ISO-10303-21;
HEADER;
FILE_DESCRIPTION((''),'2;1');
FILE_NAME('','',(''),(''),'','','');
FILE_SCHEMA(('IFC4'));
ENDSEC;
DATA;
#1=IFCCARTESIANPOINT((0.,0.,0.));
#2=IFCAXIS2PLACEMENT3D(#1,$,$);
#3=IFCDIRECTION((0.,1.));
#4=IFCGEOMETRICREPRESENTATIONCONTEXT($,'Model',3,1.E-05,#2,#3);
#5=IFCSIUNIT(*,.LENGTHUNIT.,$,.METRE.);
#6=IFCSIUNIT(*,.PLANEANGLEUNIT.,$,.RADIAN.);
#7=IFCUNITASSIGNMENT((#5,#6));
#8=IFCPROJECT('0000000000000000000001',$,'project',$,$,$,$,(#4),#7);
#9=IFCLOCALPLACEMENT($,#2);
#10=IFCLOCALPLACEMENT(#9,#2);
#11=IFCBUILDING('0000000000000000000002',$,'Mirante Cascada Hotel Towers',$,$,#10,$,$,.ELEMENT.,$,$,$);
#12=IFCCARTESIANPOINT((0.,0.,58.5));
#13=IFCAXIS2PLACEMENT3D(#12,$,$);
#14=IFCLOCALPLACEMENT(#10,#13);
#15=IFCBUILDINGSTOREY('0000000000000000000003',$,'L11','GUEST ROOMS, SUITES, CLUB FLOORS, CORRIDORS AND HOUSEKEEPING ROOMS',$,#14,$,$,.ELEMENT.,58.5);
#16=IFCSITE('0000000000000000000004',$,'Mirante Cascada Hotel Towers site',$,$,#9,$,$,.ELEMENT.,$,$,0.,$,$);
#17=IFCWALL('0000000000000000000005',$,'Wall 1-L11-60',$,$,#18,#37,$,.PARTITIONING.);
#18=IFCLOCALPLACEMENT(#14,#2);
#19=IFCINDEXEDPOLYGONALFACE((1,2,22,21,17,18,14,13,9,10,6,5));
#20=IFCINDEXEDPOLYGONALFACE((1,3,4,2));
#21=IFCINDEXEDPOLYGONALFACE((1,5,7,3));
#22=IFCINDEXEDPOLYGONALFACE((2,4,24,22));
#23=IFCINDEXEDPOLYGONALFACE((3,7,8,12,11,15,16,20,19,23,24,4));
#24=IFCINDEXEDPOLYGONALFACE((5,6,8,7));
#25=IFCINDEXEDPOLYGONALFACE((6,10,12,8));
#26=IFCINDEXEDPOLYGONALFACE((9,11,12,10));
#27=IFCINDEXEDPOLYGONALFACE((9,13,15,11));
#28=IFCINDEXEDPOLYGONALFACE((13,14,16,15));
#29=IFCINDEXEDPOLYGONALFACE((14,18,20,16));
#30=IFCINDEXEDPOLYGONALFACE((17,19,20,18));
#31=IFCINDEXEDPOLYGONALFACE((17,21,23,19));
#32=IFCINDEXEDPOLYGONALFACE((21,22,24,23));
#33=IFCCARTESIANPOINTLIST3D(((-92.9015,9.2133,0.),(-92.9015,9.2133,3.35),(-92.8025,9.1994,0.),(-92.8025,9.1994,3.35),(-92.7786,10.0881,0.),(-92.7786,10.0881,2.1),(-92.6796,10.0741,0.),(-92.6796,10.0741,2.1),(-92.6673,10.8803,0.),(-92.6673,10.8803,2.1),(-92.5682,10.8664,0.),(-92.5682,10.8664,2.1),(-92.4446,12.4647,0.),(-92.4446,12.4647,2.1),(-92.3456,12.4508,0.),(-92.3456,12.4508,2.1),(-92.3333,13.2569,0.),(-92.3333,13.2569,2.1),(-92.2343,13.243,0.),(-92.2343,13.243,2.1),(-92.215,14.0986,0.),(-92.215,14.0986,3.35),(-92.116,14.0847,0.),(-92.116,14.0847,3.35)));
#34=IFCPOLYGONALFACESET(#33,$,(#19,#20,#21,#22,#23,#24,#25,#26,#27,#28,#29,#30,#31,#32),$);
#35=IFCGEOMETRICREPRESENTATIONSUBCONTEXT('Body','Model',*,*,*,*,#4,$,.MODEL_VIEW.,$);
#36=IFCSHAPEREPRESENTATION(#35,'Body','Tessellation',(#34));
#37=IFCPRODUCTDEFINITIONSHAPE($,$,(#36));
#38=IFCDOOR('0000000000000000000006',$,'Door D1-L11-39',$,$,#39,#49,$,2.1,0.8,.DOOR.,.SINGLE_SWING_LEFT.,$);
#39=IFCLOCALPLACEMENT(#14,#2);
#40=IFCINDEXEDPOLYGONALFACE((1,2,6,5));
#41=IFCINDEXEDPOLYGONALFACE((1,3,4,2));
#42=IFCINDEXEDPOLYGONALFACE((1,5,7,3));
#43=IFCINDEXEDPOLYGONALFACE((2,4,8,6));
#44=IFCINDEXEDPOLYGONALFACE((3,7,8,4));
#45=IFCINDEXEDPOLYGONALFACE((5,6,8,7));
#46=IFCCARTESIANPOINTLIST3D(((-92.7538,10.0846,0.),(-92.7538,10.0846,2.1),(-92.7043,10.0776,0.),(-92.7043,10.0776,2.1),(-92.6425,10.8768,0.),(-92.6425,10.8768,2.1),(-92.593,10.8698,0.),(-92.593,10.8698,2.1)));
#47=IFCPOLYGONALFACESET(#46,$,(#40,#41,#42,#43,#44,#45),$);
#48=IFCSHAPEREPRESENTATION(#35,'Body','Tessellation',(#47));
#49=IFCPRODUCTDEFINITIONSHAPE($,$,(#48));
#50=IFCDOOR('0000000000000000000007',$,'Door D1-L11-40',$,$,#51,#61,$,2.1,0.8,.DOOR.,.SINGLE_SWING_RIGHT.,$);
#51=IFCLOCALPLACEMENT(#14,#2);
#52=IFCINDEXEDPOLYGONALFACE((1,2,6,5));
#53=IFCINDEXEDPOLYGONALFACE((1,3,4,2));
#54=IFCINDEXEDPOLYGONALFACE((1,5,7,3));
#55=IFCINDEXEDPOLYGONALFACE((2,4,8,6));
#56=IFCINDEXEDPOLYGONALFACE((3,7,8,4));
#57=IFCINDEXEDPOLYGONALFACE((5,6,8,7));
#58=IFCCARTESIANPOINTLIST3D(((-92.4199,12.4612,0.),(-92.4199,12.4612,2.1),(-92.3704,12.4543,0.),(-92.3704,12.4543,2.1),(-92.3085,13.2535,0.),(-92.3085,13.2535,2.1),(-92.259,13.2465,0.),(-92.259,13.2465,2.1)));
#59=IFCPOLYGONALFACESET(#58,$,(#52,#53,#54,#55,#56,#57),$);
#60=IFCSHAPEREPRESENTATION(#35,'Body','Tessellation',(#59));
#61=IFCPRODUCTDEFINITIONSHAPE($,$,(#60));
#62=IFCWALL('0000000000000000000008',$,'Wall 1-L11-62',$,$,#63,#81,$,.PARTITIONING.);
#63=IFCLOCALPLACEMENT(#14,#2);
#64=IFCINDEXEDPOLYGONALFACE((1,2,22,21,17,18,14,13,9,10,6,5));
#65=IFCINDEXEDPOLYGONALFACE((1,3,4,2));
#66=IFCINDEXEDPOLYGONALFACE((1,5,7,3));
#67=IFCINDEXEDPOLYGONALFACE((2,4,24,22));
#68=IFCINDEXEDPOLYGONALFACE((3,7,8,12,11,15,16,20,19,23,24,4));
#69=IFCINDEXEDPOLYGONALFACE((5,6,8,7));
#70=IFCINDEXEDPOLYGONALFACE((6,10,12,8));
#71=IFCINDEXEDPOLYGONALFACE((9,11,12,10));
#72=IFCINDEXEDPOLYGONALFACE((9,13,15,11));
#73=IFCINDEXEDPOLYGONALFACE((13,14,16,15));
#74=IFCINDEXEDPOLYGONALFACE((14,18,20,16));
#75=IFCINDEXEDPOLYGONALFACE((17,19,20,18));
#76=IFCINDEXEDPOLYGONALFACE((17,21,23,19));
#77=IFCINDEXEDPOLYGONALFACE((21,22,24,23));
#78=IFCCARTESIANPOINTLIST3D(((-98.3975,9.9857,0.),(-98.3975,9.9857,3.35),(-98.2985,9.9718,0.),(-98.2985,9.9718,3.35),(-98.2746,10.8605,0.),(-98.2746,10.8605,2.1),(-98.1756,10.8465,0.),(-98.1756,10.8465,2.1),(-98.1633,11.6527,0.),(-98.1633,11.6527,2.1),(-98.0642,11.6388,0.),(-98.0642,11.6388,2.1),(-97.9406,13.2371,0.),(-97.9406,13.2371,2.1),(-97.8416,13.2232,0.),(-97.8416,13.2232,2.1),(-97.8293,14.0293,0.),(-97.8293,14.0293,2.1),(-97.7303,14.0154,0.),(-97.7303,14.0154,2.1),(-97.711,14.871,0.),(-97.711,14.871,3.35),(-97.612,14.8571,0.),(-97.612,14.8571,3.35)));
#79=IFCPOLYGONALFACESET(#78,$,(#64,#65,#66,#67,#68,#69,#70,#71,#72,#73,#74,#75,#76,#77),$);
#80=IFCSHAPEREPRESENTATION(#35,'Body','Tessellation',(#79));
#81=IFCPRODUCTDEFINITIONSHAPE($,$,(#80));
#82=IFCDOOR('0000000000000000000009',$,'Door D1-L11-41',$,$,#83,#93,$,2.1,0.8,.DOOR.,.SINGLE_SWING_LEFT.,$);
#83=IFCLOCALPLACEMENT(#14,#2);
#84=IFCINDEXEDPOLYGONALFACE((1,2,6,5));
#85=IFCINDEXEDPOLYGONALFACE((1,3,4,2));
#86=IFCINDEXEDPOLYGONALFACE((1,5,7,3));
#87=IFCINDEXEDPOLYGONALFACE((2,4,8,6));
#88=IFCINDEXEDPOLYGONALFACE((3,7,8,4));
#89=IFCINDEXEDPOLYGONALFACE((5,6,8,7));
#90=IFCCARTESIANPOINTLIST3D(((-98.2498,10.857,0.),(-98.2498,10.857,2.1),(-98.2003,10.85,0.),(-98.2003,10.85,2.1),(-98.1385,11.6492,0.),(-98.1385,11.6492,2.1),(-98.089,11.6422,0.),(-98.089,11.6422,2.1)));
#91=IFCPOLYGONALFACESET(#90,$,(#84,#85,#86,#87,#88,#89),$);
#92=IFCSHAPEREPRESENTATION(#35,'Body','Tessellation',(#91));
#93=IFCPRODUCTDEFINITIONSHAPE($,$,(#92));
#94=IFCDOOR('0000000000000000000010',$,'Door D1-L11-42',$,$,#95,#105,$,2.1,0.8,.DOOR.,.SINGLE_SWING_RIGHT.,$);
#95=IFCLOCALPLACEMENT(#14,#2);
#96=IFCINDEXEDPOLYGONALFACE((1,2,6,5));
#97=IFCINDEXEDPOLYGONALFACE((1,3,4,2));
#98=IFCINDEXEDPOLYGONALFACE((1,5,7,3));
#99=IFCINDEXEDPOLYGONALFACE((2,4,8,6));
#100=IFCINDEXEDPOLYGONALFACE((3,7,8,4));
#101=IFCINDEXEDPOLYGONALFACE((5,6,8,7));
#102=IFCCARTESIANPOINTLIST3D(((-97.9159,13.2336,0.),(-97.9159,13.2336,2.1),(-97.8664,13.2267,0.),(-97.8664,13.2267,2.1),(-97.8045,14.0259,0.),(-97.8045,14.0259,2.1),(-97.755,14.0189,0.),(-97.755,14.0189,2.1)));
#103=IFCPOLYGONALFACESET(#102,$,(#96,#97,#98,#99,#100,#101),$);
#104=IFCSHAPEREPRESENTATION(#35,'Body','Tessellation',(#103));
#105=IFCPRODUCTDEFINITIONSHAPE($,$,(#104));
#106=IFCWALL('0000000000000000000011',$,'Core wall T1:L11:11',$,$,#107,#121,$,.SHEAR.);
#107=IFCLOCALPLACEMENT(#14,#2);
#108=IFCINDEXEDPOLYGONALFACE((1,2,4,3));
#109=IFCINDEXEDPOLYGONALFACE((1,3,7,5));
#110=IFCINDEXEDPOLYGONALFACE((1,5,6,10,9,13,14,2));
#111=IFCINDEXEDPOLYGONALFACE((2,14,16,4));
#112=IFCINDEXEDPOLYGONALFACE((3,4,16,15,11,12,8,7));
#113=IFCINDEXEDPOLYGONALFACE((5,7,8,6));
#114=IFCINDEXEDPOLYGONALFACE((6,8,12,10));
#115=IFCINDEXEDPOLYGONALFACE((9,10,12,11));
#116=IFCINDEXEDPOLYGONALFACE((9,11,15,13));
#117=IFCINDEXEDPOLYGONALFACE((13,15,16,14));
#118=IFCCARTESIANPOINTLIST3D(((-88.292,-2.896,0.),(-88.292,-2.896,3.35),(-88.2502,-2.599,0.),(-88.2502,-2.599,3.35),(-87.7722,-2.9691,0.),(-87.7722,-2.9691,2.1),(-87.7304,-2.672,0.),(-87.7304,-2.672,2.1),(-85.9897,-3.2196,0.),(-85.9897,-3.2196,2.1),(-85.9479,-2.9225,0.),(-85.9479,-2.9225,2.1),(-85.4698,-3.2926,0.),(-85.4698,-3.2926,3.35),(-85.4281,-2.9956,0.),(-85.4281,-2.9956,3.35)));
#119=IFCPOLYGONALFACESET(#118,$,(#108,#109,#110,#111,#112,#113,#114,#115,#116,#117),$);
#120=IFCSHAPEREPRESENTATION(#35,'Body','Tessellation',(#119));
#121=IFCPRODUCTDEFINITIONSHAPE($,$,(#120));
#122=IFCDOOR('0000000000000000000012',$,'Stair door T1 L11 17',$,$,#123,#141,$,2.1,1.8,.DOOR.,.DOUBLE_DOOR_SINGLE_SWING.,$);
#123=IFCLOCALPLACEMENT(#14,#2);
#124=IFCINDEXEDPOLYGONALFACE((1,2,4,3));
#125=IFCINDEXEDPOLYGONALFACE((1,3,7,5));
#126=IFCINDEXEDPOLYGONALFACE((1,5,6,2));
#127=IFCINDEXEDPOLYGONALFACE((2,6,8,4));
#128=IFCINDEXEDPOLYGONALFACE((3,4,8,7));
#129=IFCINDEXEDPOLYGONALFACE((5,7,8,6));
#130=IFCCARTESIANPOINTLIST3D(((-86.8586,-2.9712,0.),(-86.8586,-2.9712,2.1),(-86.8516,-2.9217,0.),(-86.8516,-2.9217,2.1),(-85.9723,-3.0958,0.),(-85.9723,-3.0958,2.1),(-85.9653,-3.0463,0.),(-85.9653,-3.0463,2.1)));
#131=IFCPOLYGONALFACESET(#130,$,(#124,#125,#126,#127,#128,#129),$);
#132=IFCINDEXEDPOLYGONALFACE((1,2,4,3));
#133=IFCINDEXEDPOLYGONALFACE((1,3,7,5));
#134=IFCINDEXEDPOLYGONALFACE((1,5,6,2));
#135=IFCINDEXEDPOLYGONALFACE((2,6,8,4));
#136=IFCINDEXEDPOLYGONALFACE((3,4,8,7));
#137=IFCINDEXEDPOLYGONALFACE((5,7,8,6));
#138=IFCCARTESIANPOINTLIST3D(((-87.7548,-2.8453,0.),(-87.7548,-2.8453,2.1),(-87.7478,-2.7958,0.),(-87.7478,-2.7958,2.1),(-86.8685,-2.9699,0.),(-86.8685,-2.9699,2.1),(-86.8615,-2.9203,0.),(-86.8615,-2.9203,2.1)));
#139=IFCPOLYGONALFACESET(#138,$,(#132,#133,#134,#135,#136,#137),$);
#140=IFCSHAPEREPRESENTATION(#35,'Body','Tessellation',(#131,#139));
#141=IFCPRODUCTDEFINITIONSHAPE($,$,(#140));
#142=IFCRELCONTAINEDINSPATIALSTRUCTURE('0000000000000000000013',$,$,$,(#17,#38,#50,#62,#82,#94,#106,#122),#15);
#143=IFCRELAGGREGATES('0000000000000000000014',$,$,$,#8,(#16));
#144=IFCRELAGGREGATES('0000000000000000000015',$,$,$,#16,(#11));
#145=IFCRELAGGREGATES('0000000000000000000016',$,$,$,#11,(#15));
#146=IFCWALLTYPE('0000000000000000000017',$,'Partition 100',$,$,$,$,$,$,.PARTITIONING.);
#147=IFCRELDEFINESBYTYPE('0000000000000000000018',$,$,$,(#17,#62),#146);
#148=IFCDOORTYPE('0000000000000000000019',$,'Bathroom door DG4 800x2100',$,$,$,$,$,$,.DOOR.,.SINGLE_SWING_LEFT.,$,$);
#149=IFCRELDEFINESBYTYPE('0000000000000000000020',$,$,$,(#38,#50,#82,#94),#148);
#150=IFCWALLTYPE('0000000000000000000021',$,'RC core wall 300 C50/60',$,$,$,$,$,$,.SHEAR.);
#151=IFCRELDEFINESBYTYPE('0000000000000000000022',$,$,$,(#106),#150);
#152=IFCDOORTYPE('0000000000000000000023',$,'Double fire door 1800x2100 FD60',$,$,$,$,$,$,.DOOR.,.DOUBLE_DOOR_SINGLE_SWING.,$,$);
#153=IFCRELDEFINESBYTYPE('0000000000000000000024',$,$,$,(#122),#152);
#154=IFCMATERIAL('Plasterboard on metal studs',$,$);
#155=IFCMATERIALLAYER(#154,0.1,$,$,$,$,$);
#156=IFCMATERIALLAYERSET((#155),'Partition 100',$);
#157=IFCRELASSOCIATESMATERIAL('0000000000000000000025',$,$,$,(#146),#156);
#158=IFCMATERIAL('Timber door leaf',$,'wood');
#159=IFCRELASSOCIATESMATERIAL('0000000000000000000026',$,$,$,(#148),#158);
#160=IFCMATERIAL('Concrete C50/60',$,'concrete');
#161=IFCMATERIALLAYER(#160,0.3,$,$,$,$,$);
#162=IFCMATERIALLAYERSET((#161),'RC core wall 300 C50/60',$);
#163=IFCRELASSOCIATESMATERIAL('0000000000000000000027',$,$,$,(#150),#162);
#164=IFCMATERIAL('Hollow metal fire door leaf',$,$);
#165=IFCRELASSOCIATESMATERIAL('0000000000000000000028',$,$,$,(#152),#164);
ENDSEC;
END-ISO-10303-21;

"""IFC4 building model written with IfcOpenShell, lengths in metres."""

from ifc_helpers import new_model, si_unit, direction, frame, frame_2d, origin, place, context, subcontext, project, spatial, rectangle, extrude, material, layer, layer_set, type_object, element, fill, save


model = new_model("IFC4")

# Units and contexts
model_context = context("Model", 3, precision=1e-05, world=origin(), true_north=direction((0.0, 1.0)))
body_context = subcontext(model_context, "Body", "Model", "MODEL_VIEW")
ifc_project = project(units=[si_unit("LENGTHUNIT", "METRE"), si_unit("PLANEANGLEUNIT", "RADIAN")], contexts=[model_context])

# Site, building, storey
site_placement = place(None, origin())
site = spatial("IfcSite", under=ifc_project, at=site_placement, Name="Mirante Cascada Hotel Towers site", CompositionType="ELEMENT", RefElevation=0.0)
building_placement = place(site_placement, origin())
building = spatial("IfcBuilding", under=site, at=building_placement, Name="Mirante Cascada Hotel Towers", CompositionType="ELEMENT")
storey_placement = place(building_placement, frame((0.0, 0.0, 58.5)))
storey = spatial("IfcBuildingStorey", under=building, at=storey_placement, Name="L11", Description="GUEST ROOMS, SUITES, CLUB FLOORS, CORRIDORS AND HOUSEKEEPING ROOMS", CompositionType="ELEMENT", Elevation=58.5)

# Shared definitions
ifc_material_1 = material(Name="Plasterboard on metal studs")
ifc_layer_1 = layer(ifc_material_1, 0.1)
ifc_layer_set_1 = layer_set([ifc_layer_1], Name="Partition 100")
wall_type_1 = type_object("IfcWallType", Name="Partition 100", PredefinedType="PARTITIONING", material=ifc_layer_set_1)

# Walls, openings, doors
wall_1_placement = place(storey_placement, frame((-92.852, 9.2064, 0.0), z_axis=(0.0, 0.0, 1.0), x_axis=(0.139156, 0.99027, 0.0)))
wall_1 = element("IfcWall", 1, at=wall_1_placement, inside=storey, type_object=wall_type_1, Name="Wall 1-L11-60", PredefinedType="PARTITIONING", context=body_context, shape_type="SweptSolid", body=[
    extrude(rectangle(XDim=4.9333, YDim=0.1, at=frame_2d((2.4666, 0.0))), origin(), (0.0, 0.0, 1.0), 3.35),
])
opening_1_placement = place(wall_1_placement, frame((0.8833, 0.0, 0.0)))
opening_1 = element("IfcOpeningElement", 2, at=opening_1_placement, cuts=wall_1, PredefinedType="OPENING", context=body_context, shape_type="SweptSolid", body=[
    extrude(rectangle(XDim=0.8, YDim=2.1, at=frame_2d((0.4, 1.05))), frame((0.0, 0.05, 0.0), z_axis=(0.0, -1.0, 0.0), x_axis=(1.0, 0.0, 0.0)), (0.0, 0.0, 1.0), 0.1),
])
opening_2_placement = place(wall_1_placement, frame((3.2833, 0.0, 0.0)))
opening_2 = element("IfcOpeningElement", 3, at=opening_2_placement, cuts=wall_1, PredefinedType="OPENING", context=body_context, shape_type="SweptSolid", body=[
    extrude(rectangle(XDim=0.8, YDim=2.1, at=frame_2d((0.4, 1.05))), frame((0.0, 0.05, 0.0), z_axis=(0.0, -1.0, 0.0), x_axis=(1.0, 0.0, 0.0)), (0.0, 0.0, 1.0), 0.1),
])
ifc_material_2 = material(Name="Timber door leaf", Category="wood")
door_type_1 = type_object("IfcDoorType", Name="Bathroom door DG4 800x2100", OperationType="SINGLE_SWING_LEFT", PredefinedType="DOOR", material=ifc_material_2)
door_1_placement = place(opening_1_placement, origin())
door_1 = element("IfcDoor", 4, at=door_1_placement, inside=storey, type_object=door_type_1, Name="Door D1-L11-39", OperationType="SINGLE_SWING_LEFT", OverallHeight=2.1, OverallWidth=0.8, PredefinedType="DOOR", context=body_context, shape_type="SweptSolid", body=[
    extrude(rectangle(XDim=0.8, YDim=2.1, at=frame_2d((0.4, 1.05))), frame((0.0, 0.025, 0.0), z_axis=(0.0, -1.0, 0.0), x_axis=(1.0, 0.0, 0.0)), (0.0, 0.0, 1.0), 0.05),
])
fill(opening_1, door_1)
door_2_placement = place(opening_2_placement, frame((0.8, 0.0, 0.0), z_axis=(0.0, 0.0, 1.0), x_axis=(-1.0, 0.0, 0.0)))
door_2 = element("IfcDoor", 5, at=door_2_placement, inside=storey, type_object=door_type_1, Name="Door D1-L11-40", OperationType="SINGLE_SWING_RIGHT", OverallHeight=2.1, OverallWidth=0.8, PredefinedType="DOOR", context=body_context, shape_type="SweptSolid", body=[
    extrude(rectangle(XDim=0.8, YDim=2.1, at=frame_2d((0.4, 1.05))), frame((0.0, 0.025, 0.0), z_axis=(0.0, -1.0, 0.0), x_axis=(1.0, 0.0, 0.0)), (0.0, 0.0, 1.0), 0.05),
])
fill(opening_2, door_2)
wall_2_placement = place(storey_placement, frame((-98.348, 9.9788, 0.0), z_axis=(0.0, 0.0, 1.0), x_axis=(0.139156, 0.99027, 0.0)))
wall_2 = element("IfcWall", 6, at=wall_2_placement, inside=storey, type_object=wall_type_1, Name="Wall 1-L11-62", PredefinedType="PARTITIONING", context=body_context, shape_type="SweptSolid", body=[
    extrude(rectangle(XDim=4.9333, YDim=0.1, at=frame_2d((2.4666, 0.0))), origin(), (0.0, 0.0, 1.0), 3.35),
])
opening_3_placement = place(wall_2_placement, frame((0.8833, 0.0, 0.0)))
opening_3 = element("IfcOpeningElement", 7, at=opening_3_placement, cuts=wall_2, PredefinedType="OPENING", context=body_context, shape_type="SweptSolid", body=[
    extrude(rectangle(XDim=0.8, YDim=2.1, at=frame_2d((0.4, 1.05))), frame((0.0, 0.05, 0.0), z_axis=(0.0, -1.0, 0.0), x_axis=(1.0, 0.0, 0.0)), (0.0, 0.0, 1.0), 0.1),
])
opening_4_placement = place(wall_2_placement, frame((3.2833, 0.0, 0.0)))
opening_4 = element("IfcOpeningElement", 8, at=opening_4_placement, cuts=wall_2, PredefinedType="OPENING", context=body_context, shape_type="SweptSolid", body=[
    extrude(rectangle(XDim=0.8, YDim=2.1, at=frame_2d((0.4, 1.05))), frame((0.0, 0.05, 0.0), z_axis=(0.0, -1.0, 0.0), x_axis=(1.0, 0.0, 0.0)), (0.0, 0.0, 1.0), 0.1),
])
door_3_placement = place(opening_3_placement, origin())
door_3 = element("IfcDoor", 9, at=door_3_placement, inside=storey, type_object=door_type_1, Name="Door D1-L11-41", OperationType="SINGLE_SWING_LEFT", OverallHeight=2.1, OverallWidth=0.8, PredefinedType="DOOR", context=body_context, shape_type="SweptSolid", body=[
    extrude(rectangle(XDim=0.8, YDim=2.1, at=frame_2d((0.4, 1.05))), frame((0.0, 0.025, 0.0), z_axis=(0.0, -1.0, 0.0), x_axis=(1.0, 0.0, 0.0)), (0.0, 0.0, 1.0), 0.05),
])
fill(opening_3, door_3)
door_4_placement = place(opening_4_placement, frame((0.8, 0.0, 0.0), z_axis=(0.0, 0.0, 1.0), x_axis=(-1.0, 0.0, 0.0)))
door_4 = element("IfcDoor", 10, at=door_4_placement, inside=storey, type_object=door_type_1, Name="Door D1-L11-42", OperationType="SINGLE_SWING_RIGHT", OverallHeight=2.1, OverallWidth=0.8, PredefinedType="DOOR", context=body_context, shape_type="SweptSolid", body=[
    extrude(rectangle(XDim=0.8, YDim=2.1, at=frame_2d((0.4, 1.05))), frame((0.0, 0.025, 0.0), z_axis=(0.0, -1.0, 0.0), x_axis=(1.0, 0.0, 0.0)), (0.0, 0.0, 1.0), 0.05),
])
fill(opening_4, door_4)

# Wall, opening, door
ifc_material_3 = material(Name="Concrete C50/60", Category="concrete")
ifc_layer_2 = layer(ifc_material_3, 0.3)
ifc_layer_set_2 = layer_set([ifc_layer_2], Name="RC core wall 300 C50/60")
wall_type_2 = type_object("IfcWallType", Name="RC core wall 300 C50/60", PredefinedType="SHEAR", material=ifc_layer_set_2)
wall_3_placement = place(storey_placement, frame((-85.4489, -3.1441, 0.0), z_axis=(0.0, 0.0, 1.0), x_axis=(-0.99027, 0.139161, 0.0)))
wall_3 = element("IfcWall", 11, at=wall_3_placement, inside=storey, type_object=wall_type_2, Name="Core wall T1:L11:11", PredefinedType="SHEAR", context=body_context, shape_type="SweptSolid", body=[
    extrude(rectangle(XDim=2.8499, YDim=0.3, at=frame_2d((1.425, 0.0))), origin(), (0.0, 0.0, 1.0), 3.35),
])
opening_5_placement = place(wall_3_placement, frame((0.525, 0.0, 0.0)))
opening_5 = element("IfcOpeningElement", 12, at=opening_5_placement, cuts=wall_3, PredefinedType="OPENING", context=body_context, shape_type="SweptSolid", body=[
    extrude(rectangle(XDim=1.8, YDim=2.1, at=frame_2d((0.9, 1.05))), frame((0.0, 0.15, 0.0), z_axis=(0.0, -1.0, 0.0), x_axis=(1.0, 0.0, 0.0)), (0.0, 0.0, 1.0), 0.3),
])
ifc_material_4 = material(Name="Hollow metal fire door leaf")
door_type_2 = type_object("IfcDoorType", Name="Double fire door 1800x2100 FD60", OperationType="DOUBLE_DOOR_SINGLE_SWING", PredefinedType="DOOR", material=ifc_material_4)
door_5_placement = place(opening_5_placement, origin())
door_5 = element("IfcDoor", 13, at=door_5_placement, inside=storey, type_object=door_type_2, Name="Stair door T1 L11 17", OperationType="DOUBLE_DOOR_SINGLE_SWING", OverallHeight=2.1, OverallWidth=1.8, PredefinedType="DOOR", context=body_context, shape_type="SweptSolid", body=[
    extrude(rectangle(XDim=0.895, YDim=2.1, at=frame_2d((0.4475, 1.05))), frame((0.0, 0.025, 0.0), z_axis=(0.0, -1.0, 0.0), x_axis=(1.0, 0.0, 0.0)), (0.0, 0.0, 1.0), 0.05),
    extrude(rectangle(XDim=0.895, YDim=2.1, at=frame_2d((1.3525, 1.05))), frame((0.0, 0.025, 0.0), z_axis=(0.0, -1.0, 0.0), x_axis=(1.0, 0.0, 0.0)), (0.0, 0.0, 1.0), 0.05),
])
fill(opening_5, door_5)

save(model, "model.ifc")
